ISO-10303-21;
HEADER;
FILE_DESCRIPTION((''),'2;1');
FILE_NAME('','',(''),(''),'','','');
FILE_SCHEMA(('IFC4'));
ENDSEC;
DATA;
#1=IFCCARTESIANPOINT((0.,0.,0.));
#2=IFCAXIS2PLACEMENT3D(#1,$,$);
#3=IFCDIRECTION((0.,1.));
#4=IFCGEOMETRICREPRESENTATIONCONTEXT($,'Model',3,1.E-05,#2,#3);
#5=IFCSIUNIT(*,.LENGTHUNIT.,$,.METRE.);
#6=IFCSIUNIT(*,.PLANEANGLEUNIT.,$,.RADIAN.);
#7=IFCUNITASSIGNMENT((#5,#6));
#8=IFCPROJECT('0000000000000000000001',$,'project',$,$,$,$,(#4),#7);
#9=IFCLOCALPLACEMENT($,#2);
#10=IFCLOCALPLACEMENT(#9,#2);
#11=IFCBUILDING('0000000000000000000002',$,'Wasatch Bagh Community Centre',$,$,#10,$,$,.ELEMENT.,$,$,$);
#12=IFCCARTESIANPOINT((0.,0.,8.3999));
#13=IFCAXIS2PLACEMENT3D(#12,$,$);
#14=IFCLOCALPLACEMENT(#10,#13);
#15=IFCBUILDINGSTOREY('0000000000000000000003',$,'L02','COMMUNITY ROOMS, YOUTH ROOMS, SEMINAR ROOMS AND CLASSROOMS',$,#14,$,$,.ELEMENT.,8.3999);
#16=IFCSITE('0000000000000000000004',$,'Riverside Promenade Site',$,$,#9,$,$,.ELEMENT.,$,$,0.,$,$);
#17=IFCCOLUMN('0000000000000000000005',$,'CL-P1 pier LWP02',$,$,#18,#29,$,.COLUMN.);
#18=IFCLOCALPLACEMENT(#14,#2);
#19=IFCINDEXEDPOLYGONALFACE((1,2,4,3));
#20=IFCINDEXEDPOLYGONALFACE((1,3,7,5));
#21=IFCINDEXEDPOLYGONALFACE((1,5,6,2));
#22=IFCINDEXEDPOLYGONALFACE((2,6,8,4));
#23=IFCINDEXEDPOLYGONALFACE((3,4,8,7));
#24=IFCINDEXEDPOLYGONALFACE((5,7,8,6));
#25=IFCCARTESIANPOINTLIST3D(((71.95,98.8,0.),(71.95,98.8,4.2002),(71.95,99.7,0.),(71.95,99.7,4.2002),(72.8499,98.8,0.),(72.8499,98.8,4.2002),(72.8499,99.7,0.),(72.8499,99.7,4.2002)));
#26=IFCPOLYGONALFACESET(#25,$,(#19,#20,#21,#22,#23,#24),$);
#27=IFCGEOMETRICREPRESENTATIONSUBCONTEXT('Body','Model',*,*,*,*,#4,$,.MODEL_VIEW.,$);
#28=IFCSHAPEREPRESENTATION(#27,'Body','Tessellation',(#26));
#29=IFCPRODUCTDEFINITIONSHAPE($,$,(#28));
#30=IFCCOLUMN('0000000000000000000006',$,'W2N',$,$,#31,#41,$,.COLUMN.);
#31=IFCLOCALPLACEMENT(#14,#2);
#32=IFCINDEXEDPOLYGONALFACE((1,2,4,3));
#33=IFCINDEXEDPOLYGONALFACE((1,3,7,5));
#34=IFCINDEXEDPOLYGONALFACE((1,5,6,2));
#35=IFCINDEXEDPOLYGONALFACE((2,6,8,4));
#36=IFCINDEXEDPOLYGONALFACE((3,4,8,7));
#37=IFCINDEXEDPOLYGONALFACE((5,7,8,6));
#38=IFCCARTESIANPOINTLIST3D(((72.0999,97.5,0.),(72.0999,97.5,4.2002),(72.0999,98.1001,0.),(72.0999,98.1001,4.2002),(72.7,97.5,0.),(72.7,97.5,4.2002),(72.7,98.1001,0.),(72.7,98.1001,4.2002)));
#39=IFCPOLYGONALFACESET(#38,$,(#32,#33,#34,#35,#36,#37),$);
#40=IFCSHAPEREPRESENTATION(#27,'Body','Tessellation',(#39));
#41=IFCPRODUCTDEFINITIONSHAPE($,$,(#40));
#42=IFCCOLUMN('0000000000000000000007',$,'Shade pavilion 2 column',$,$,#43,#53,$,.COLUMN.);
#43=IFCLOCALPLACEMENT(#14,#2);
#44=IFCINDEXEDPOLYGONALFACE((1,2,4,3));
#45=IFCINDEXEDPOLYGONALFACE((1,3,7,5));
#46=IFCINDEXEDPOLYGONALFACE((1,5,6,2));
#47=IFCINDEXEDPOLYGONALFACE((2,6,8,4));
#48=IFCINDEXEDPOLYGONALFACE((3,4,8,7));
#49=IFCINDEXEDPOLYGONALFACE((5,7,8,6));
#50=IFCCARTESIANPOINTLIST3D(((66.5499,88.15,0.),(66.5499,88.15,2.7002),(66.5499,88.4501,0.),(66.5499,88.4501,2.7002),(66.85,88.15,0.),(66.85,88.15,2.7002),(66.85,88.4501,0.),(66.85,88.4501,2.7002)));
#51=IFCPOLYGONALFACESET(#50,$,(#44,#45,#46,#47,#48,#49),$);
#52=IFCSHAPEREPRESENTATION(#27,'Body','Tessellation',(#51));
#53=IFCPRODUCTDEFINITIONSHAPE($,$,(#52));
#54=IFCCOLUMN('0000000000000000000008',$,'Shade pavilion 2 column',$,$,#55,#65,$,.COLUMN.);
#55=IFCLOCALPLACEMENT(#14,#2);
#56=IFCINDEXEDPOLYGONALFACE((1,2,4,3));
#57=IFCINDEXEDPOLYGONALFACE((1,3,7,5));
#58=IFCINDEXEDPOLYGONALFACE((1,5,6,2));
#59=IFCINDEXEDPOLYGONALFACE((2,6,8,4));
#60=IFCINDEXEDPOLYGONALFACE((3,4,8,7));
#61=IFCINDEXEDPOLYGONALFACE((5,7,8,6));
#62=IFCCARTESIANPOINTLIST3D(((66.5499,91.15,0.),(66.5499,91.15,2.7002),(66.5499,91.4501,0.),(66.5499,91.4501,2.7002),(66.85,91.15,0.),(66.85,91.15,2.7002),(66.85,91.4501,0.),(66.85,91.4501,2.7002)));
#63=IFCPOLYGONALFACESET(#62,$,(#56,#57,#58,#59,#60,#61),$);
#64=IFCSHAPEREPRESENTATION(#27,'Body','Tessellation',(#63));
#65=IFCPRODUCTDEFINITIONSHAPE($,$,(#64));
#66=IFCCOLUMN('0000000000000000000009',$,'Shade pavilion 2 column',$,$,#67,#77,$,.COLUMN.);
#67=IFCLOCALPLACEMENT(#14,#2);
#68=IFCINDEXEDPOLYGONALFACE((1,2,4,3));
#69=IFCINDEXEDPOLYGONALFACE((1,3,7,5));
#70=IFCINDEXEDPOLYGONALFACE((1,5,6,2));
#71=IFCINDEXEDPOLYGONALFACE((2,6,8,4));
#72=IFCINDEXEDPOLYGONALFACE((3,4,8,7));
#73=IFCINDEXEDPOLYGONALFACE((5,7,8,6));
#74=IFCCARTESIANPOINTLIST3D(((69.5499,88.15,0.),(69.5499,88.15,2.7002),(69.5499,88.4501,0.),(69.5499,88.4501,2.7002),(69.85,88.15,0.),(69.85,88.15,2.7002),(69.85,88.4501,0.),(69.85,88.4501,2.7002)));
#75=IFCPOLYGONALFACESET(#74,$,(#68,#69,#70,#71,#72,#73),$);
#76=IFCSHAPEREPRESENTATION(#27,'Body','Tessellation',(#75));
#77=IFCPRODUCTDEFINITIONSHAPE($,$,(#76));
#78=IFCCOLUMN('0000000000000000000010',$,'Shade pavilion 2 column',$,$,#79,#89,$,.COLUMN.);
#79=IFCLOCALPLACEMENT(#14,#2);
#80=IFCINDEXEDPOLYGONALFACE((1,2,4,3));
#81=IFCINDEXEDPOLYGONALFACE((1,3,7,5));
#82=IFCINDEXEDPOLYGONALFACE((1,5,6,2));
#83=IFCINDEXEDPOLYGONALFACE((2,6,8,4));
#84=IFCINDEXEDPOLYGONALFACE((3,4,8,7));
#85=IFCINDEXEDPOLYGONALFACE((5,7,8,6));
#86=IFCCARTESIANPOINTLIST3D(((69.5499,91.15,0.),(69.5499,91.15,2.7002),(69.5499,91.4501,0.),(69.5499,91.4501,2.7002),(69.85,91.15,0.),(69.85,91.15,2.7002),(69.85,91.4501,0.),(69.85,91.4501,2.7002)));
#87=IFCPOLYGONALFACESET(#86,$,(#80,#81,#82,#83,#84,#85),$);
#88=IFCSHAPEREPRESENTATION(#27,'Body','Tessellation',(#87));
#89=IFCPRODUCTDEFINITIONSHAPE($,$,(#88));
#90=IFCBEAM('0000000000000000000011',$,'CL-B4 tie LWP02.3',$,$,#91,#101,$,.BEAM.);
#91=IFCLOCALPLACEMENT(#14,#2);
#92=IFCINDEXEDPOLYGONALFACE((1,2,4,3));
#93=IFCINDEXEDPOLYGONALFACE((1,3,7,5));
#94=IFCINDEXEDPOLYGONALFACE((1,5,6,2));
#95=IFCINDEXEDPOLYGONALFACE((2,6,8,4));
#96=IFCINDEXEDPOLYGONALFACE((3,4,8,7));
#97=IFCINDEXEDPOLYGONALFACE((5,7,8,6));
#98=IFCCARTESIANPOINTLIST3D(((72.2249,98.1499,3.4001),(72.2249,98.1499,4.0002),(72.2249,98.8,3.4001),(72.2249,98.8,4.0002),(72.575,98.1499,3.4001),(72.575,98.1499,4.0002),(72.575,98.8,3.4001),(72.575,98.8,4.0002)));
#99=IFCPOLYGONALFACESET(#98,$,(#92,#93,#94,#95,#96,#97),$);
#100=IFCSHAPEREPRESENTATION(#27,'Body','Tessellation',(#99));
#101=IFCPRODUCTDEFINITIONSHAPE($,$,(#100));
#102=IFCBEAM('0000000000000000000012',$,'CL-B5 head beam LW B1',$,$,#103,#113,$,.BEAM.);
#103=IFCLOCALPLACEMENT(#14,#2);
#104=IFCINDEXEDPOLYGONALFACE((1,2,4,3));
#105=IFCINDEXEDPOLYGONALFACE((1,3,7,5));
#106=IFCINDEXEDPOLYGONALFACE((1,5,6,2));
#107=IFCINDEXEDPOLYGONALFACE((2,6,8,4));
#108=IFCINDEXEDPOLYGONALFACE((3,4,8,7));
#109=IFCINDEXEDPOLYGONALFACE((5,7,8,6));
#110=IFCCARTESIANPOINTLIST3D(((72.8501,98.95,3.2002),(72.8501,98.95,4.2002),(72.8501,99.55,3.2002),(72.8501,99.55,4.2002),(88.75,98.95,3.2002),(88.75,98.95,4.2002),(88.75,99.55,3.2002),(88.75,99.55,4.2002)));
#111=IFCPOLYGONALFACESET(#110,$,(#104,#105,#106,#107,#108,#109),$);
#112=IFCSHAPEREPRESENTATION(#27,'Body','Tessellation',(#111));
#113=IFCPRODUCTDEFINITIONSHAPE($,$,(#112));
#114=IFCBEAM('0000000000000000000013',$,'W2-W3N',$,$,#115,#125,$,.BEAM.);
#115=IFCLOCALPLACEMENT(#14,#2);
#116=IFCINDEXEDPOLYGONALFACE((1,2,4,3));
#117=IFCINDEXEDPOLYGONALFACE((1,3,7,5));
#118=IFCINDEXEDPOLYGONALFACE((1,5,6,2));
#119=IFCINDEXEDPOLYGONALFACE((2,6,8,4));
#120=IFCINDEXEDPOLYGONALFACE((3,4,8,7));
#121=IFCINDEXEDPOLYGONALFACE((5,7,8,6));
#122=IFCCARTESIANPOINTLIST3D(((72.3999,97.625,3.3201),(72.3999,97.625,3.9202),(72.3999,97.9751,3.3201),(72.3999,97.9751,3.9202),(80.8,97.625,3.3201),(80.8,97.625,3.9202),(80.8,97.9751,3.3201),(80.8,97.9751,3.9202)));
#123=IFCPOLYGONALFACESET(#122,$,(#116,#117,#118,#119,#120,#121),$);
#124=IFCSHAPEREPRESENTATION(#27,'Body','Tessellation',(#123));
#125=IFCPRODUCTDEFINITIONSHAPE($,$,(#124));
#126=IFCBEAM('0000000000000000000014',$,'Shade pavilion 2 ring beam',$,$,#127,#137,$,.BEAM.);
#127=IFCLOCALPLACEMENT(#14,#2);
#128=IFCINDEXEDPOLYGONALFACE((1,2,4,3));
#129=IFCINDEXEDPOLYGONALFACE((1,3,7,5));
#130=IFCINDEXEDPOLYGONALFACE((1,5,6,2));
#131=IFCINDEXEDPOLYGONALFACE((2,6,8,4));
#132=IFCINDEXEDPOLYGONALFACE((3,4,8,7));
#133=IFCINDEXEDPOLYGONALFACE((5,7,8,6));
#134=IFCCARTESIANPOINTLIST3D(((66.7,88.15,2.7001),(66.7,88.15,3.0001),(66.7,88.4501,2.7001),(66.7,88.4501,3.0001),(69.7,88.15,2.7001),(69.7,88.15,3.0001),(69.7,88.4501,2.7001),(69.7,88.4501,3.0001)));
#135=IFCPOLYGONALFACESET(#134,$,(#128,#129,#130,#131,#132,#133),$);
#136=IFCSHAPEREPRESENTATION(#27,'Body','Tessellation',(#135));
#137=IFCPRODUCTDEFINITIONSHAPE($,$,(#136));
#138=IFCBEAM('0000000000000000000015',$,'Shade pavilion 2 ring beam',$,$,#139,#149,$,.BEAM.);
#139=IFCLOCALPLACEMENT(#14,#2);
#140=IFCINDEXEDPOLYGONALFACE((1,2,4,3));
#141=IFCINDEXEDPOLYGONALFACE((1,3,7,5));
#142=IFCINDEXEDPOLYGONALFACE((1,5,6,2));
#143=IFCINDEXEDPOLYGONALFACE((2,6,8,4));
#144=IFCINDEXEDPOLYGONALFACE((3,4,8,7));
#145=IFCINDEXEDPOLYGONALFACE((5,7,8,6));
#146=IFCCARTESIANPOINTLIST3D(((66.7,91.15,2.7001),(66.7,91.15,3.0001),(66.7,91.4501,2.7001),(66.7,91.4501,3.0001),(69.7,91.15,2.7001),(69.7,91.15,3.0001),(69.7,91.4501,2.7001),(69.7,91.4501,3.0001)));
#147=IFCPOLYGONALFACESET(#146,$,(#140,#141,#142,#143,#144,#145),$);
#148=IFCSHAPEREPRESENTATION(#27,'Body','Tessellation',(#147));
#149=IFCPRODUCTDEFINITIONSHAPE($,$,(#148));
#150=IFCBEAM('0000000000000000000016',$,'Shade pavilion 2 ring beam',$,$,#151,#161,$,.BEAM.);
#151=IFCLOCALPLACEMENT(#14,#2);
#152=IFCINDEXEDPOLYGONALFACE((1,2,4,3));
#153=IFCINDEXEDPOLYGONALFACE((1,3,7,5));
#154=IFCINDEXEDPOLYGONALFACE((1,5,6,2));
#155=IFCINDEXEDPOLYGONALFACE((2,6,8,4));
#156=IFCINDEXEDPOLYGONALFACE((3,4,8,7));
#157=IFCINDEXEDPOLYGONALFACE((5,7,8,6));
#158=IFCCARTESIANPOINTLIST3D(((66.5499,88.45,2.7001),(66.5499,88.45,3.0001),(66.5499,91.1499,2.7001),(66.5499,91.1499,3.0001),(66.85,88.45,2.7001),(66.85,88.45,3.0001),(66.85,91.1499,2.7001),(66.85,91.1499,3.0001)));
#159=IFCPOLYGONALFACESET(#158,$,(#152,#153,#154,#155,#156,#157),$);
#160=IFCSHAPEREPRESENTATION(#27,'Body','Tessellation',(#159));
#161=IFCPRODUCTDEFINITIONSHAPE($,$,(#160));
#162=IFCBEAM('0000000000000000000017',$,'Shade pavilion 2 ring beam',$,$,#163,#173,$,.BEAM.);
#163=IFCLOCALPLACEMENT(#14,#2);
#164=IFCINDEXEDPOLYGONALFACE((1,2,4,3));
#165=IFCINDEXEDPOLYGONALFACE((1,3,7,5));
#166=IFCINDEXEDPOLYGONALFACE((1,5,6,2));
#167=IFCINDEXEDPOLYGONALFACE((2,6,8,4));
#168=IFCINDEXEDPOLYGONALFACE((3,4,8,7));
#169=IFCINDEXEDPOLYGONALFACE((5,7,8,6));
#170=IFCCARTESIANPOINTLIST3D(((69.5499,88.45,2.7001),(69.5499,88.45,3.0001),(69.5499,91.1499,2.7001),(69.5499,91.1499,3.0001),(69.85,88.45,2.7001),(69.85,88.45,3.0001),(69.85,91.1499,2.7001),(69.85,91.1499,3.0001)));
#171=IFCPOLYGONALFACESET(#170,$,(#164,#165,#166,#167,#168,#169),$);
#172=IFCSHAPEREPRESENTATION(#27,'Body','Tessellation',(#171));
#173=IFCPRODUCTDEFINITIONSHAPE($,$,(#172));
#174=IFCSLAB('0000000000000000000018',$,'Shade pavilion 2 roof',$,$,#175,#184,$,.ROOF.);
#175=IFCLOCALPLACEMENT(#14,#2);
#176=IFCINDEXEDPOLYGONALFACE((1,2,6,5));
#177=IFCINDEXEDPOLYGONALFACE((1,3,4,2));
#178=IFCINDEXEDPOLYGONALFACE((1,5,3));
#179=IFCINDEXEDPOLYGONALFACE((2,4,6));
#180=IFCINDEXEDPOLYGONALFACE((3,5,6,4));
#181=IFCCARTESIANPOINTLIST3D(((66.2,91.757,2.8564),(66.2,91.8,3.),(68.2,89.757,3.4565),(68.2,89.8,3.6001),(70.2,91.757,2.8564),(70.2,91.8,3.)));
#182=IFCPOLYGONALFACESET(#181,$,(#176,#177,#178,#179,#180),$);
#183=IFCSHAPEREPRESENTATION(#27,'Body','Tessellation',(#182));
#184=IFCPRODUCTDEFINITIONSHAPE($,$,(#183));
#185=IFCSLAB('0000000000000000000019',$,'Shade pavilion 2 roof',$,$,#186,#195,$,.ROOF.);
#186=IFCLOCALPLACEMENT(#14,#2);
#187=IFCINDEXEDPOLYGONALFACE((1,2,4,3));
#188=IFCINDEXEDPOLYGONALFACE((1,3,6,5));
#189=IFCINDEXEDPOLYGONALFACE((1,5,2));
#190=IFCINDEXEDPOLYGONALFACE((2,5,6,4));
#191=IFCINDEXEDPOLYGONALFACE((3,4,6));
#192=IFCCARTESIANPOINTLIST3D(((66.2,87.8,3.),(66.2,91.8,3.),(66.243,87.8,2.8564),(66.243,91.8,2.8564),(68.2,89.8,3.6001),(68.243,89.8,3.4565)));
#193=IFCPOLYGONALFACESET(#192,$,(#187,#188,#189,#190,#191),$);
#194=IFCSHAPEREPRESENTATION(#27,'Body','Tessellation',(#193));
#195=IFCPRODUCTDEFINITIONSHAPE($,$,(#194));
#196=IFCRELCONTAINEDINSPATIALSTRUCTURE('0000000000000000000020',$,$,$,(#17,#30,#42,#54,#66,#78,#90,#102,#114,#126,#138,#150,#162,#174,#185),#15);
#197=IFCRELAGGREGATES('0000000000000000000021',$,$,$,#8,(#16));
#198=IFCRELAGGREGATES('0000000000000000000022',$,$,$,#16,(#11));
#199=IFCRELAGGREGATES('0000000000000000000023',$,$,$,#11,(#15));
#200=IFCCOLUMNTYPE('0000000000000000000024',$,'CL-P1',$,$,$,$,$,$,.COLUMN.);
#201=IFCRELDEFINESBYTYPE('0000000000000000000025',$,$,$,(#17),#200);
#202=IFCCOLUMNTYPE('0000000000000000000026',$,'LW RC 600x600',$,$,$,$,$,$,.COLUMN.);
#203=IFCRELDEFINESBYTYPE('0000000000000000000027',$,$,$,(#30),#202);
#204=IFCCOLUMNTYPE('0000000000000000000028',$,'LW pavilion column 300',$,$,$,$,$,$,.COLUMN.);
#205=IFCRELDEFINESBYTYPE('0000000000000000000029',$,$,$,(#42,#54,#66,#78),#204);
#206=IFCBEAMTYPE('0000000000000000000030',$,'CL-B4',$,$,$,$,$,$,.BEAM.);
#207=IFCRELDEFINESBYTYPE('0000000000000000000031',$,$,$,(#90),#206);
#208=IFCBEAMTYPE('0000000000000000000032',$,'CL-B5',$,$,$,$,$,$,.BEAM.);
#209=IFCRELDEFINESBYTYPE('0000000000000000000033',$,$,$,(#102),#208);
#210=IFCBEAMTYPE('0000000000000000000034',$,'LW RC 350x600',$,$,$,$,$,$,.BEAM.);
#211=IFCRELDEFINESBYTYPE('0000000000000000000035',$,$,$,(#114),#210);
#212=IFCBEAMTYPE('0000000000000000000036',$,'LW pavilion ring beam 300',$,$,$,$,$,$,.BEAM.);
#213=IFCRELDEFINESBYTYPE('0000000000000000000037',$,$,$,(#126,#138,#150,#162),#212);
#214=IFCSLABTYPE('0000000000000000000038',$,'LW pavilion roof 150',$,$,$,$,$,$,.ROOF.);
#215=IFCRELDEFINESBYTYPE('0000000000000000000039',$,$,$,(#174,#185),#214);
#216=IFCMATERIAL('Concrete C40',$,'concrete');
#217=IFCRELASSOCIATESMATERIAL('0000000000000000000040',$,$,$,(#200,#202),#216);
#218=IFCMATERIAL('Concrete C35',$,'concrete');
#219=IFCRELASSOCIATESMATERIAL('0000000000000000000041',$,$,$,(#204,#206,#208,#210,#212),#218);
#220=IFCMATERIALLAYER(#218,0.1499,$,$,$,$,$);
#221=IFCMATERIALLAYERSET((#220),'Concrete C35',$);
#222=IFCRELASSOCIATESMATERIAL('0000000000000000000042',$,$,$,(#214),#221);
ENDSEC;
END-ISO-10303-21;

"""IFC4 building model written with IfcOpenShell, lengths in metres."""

from ifc_helpers import new_model, si_unit, direction, frame, origin, origin_2d, place, context, subcontext, project, spatial, polyline, rectangle, outline, extrude, material, layer, layer_set, material_profile, profile_set, type_object, element, save


model = new_model("IFC4")

# Units and contexts
model_context = context("Model", 3, precision=1e-05, world=origin(), true_north=direction((0.0, 1.0)))
body_context = subcontext(model_context, "Body", "Model", "MODEL_VIEW")
ifc_project = project(units=[si_unit("LENGTHUNIT", "METRE"), si_unit("PLANEANGLEUNIT", "RADIAN")], contexts=[model_context])

# Site, building, storey
site_placement = place(None, origin())
site = spatial("IfcSite", under=ifc_project, at=site_placement, Name="Riverside Promenade Site", CompositionType="ELEMENT", RefElevation=0.0)
building_placement = place(site_placement, origin())
building = spatial("IfcBuilding", under=site, at=building_placement, Name="Wasatch Bagh Community Centre", CompositionType="ELEMENT")
storey_placement = place(building_placement, frame((0.0, 0.0, 8.3999)))
storey = spatial("IfcBuildingStorey", under=building, at=storey_placement, Name="L02", Description="COMMUNITY ROOMS, YOUTH ROOMS, SEMINAR ROOMS AND CLASSROOMS", CompositionType="ELEMENT", Elevation=8.3999)

# Columns
ifc_material_1 = material(Name="Concrete C40", Category="concrete")
ifc_material_profile_1 = material_profile(ifc_material_1, rectangle(XDim=0.8999, YDim=0.8999, at=origin_2d()), Name="RC 900x900")
ifc_profile_set_1 = profile_set([ifc_material_profile_1], Name="Concrete C40")
column_type_1 = type_object("IfcColumnType", Name="CL-P1", PredefinedType="COLUMN", material=ifc_profile_set_1)
column_1_placement = place(storey_placement, frame((72.3999, 99.25, 0.0), z_axis=(0.0, 0.0, 1.0), x_axis=(1.0, 0.0, 0.0)))
element("IfcColumn", 1, at=column_1_placement, inside=storey, type_object=column_type_1, Name="CL-P1 pier LWP02", PredefinedType="COLUMN", context=body_context, shape_type="SweptSolid", body=[
    extrude(rectangle(XDim=0.8999, YDim=0.8999, at=origin_2d()), origin(), (0.0, 0.0, 1.0), 4.2002),
])
ifc_material_profile_2 = material_profile(ifc_material_1, rectangle(XDim=0.6001, YDim=0.6001, at=origin_2d()), Name="RC 600x600")
ifc_profile_set_2 = profile_set([ifc_material_profile_2], Name="Concrete C40")
column_type_2 = type_object("IfcColumnType", Name="LW RC 600x600", PredefinedType="COLUMN", material=ifc_profile_set_2)
column_2_placement = place(storey_placement, frame((72.3999, 97.8, 0.0), z_axis=(0.0, 0.0, 1.0), x_axis=(1.0, 0.0, 0.0)))
element("IfcColumn", 2, at=column_2_placement, inside=storey, type_object=column_type_2, Name="W2N", PredefinedType="COLUMN", context=body_context, shape_type="SweptSolid", body=[
    extrude(rectangle(XDim=0.6001, YDim=0.6001, at=origin_2d()), origin(), (0.0, 0.0, 1.0), 4.2002),
])
ifc_material_2 = material(Name="Concrete C35", Category="concrete")
ifc_material_profile_3 = material_profile(ifc_material_2, rectangle(XDim=0.3, YDim=0.3, at=origin_2d()), Name="RC 300x300")
ifc_profile_set_3 = profile_set([ifc_material_profile_3], Name="Concrete C35")
column_type_3 = type_object("IfcColumnType", Name="LW pavilion column 300", PredefinedType="COLUMN", material=ifc_profile_set_3)
for number, where, z_axis, x_axis, name in (
    (3, (66.7, 88.3, 0.0), (0.0, 0.0, 1.0), (1.0, 0.0, 0.0), "Shade pavilion 2 column"),
    (4, (66.7, 91.3, 0.0), (0.0, 0.0, 1.0), (1.0, 0.0, 0.0), "Shade pavilion 2 column"),
    (5, (69.7, 88.3, 0.0), (0.0, 0.0, 1.0), (1.0, 0.0, 0.0), "Shade pavilion 2 column"),
    (6, (69.7, 91.3, 0.0), (0.0, 0.0, 1.0), (1.0, 0.0, 0.0), "Shade pavilion 2 column"),
):
    element("IfcColumn", number, at=place(storey_placement, frame(where, z_axis=z_axis, x_axis=x_axis)), inside=storey, type_object=column_type_3, Name=name, PredefinedType="COLUMN", context=body_context, shape_type="SweptSolid", body=[
        extrude(rectangle(XDim=0.3, YDim=0.3, at=origin_2d()), origin(), (0.0, 0.0, 1.0), 2.7002),
    ])

# Beams
ifc_material_profile_4 = material_profile(ifc_material_2, rectangle(XDim=0.3501, YDim=0.6001, at=origin_2d()), Name="RC 350x600")
ifc_profile_set_4 = profile_set([ifc_material_profile_4], Name="Concrete C35")
beam_type_1 = type_object("IfcBeamType", Name="CL-B4", PredefinedType="BEAM", material=ifc_profile_set_4)
beam_1_placement = place(storey_placement, frame((72.3999, 98.1499, 3.7002), z_axis=(0.0, 1.0, 0.0), x_axis=(-1.0, 0.0, 0.0)))
element("IfcBeam", 7, at=beam_1_placement, inside=storey, type_object=beam_type_1, Name="CL-B4 tie LWP02.3", PredefinedType="BEAM", context=body_context, shape_type="SweptSolid", body=[
    extrude(rectangle(XDim=0.3501, YDim=0.6001, at=origin_2d()), origin(), (0.0, 0.0, 1.0), 0.6501),
])
ifc_material_profile_5 = material_profile(ifc_material_2, rectangle(XDim=0.6001, YDim=1.0, at=origin_2d()), Name="RC 600x1000")
ifc_profile_set_5 = profile_set([ifc_material_profile_5], Name="Concrete C35")
beam_type_2 = type_object("IfcBeamType", Name="CL-B5", PredefinedType="BEAM", material=ifc_profile_set_5)
beam_2_placement = place(storey_placement, frame((72.8501, 99.25, 3.7002), z_axis=(1.0, 0.0, 0.0), x_axis=(0.0, 1.0, 0.0)))
element("IfcBeam", 8, at=beam_2_placement, inside=storey, type_object=beam_type_2, Name="CL-B5 head beam LW B1", PredefinedType="BEAM", context=body_context, shape_type="SweptSolid", body=[
    extrude(rectangle(XDim=0.6001, YDim=1.0, at=origin_2d()), origin(), (0.0, 0.0, 1.0), 15.8999),
])
ifc_material_profile_6 = material_profile(ifc_material_2, rectangle(XDim=0.3501, YDim=0.6001, at=origin_2d()), Name="RC 350x600")
ifc_profile_set_6 = profile_set([ifc_material_profile_6], Name="Concrete C35")
beam_type_3 = type_object("IfcBeamType", Name="LW RC 350x600", PredefinedType="BEAM", material=ifc_profile_set_6)
beam_3_placement = place(storey_placement, frame((72.3999, 97.8, 3.6201), z_axis=(1.0, 0.0, 0.0), x_axis=(0.0, 1.0, 0.0)))
element("IfcBeam", 9, at=beam_3_placement, inside=storey, type_object=beam_type_3, Name="W2-W3N", PredefinedType="BEAM", context=body_context, shape_type="SweptSolid", body=[
    extrude(rectangle(XDim=0.3501, YDim=0.6001, at=origin_2d()), origin(), (0.0, 0.0, 1.0), 8.4001),
])
ifc_material_profile_7 = material_profile(ifc_material_2, rectangle(XDim=0.3, YDim=0.3, at=origin_2d()), Name="RC 300x300")
ifc_profile_set_7 = profile_set([ifc_material_profile_7], Name="Concrete C35")
beam_type_4 = type_object("IfcBeamType", Name="LW pavilion ring beam 300", PredefinedType="BEAM", material=ifc_profile_set_7)
for number, where, z_axis, x_axis, name in (
    (10, (66.7, 88.3, 2.8501), (1.0, 0.0, 0.0), (0.0, 1.0, 0.0), "Shade pavilion 2 ring beam"),
    (11, (66.7, 91.3, 2.8501), (1.0, 0.0, 0.0), (0.0, 1.0, 0.0), "Shade pavilion 2 ring beam"),
):
    element("IfcBeam", number, at=place(storey_placement, frame(where, z_axis=z_axis, x_axis=x_axis)), inside=storey, type_object=beam_type_4, Name=name, PredefinedType="BEAM", context=body_context, shape_type="SweptSolid", body=[
        extrude(rectangle(XDim=0.3, YDim=0.3, at=origin_2d()), origin(), (0.0, 0.0, 1.0), 3.0),
    ])
for number, where, z_axis, x_axis, name in (
    (12, (66.7, 88.45, 2.8501), (0.0, 1.0, 0.0), (-1.0, 0.0, 0.0), "Shade pavilion 2 ring beam"),
    (13, (69.7, 88.45, 2.8501), (0.0, 1.0, 0.0), (-1.0, 0.0, 0.0), "Shade pavilion 2 ring beam"),
):
    element("IfcBeam", number, at=place(storey_placement, frame(where, z_axis=z_axis, x_axis=x_axis)), inside=storey, type_object=beam_type_4, Name=name, PredefinedType="BEAM", context=body_context, shape_type="SweptSolid", body=[
        extrude(rectangle(XDim=0.3, YDim=0.3, at=origin_2d()), origin(), (0.0, 0.0, 1.0), 2.7),
    ])

# Slabs
ifc_layer_1 = layer(ifc_material_2, 0.1499)
ifc_layer_set_1 = layer_set([ifc_layer_1], Name="Concrete C35")
slab_type = type_object("IfcSlabType", Name="LW pavilion roof 150", PredefinedType="ROOF", material=ifc_layer_set_1)
for number, where, z_axis, x_axis, name in (
    (14, (70.2, 91.8, 3.0), (0.0, 0.287391, 0.957813), (-1.0, 0.0, 0.0), "Shade pavilion 2 roof"),
    (15, (66.2, 91.8, 3.0), (-0.287391, 0.0, 0.957813), (0.0, -1.0, 0.0), "Shade pavilion 2 roof"),
):
    element("IfcSlab", number, at=place(storey_placement, frame(where, z_axis=z_axis, x_axis=x_axis)), inside=storey, type_object=slab_type, Name=name, PredefinedType="ROOF", context=body_context, shape_type="SweptSolid", body=[
        extrude(outline(polyline([(0.0, 0.0), (4.0, 0.0), (2.0, 2.0881), (0.0, 0.0)])), origin(), (0.0, 0.0, -1.0), 0.1499),
    ])

save(model, "model.ifc")
